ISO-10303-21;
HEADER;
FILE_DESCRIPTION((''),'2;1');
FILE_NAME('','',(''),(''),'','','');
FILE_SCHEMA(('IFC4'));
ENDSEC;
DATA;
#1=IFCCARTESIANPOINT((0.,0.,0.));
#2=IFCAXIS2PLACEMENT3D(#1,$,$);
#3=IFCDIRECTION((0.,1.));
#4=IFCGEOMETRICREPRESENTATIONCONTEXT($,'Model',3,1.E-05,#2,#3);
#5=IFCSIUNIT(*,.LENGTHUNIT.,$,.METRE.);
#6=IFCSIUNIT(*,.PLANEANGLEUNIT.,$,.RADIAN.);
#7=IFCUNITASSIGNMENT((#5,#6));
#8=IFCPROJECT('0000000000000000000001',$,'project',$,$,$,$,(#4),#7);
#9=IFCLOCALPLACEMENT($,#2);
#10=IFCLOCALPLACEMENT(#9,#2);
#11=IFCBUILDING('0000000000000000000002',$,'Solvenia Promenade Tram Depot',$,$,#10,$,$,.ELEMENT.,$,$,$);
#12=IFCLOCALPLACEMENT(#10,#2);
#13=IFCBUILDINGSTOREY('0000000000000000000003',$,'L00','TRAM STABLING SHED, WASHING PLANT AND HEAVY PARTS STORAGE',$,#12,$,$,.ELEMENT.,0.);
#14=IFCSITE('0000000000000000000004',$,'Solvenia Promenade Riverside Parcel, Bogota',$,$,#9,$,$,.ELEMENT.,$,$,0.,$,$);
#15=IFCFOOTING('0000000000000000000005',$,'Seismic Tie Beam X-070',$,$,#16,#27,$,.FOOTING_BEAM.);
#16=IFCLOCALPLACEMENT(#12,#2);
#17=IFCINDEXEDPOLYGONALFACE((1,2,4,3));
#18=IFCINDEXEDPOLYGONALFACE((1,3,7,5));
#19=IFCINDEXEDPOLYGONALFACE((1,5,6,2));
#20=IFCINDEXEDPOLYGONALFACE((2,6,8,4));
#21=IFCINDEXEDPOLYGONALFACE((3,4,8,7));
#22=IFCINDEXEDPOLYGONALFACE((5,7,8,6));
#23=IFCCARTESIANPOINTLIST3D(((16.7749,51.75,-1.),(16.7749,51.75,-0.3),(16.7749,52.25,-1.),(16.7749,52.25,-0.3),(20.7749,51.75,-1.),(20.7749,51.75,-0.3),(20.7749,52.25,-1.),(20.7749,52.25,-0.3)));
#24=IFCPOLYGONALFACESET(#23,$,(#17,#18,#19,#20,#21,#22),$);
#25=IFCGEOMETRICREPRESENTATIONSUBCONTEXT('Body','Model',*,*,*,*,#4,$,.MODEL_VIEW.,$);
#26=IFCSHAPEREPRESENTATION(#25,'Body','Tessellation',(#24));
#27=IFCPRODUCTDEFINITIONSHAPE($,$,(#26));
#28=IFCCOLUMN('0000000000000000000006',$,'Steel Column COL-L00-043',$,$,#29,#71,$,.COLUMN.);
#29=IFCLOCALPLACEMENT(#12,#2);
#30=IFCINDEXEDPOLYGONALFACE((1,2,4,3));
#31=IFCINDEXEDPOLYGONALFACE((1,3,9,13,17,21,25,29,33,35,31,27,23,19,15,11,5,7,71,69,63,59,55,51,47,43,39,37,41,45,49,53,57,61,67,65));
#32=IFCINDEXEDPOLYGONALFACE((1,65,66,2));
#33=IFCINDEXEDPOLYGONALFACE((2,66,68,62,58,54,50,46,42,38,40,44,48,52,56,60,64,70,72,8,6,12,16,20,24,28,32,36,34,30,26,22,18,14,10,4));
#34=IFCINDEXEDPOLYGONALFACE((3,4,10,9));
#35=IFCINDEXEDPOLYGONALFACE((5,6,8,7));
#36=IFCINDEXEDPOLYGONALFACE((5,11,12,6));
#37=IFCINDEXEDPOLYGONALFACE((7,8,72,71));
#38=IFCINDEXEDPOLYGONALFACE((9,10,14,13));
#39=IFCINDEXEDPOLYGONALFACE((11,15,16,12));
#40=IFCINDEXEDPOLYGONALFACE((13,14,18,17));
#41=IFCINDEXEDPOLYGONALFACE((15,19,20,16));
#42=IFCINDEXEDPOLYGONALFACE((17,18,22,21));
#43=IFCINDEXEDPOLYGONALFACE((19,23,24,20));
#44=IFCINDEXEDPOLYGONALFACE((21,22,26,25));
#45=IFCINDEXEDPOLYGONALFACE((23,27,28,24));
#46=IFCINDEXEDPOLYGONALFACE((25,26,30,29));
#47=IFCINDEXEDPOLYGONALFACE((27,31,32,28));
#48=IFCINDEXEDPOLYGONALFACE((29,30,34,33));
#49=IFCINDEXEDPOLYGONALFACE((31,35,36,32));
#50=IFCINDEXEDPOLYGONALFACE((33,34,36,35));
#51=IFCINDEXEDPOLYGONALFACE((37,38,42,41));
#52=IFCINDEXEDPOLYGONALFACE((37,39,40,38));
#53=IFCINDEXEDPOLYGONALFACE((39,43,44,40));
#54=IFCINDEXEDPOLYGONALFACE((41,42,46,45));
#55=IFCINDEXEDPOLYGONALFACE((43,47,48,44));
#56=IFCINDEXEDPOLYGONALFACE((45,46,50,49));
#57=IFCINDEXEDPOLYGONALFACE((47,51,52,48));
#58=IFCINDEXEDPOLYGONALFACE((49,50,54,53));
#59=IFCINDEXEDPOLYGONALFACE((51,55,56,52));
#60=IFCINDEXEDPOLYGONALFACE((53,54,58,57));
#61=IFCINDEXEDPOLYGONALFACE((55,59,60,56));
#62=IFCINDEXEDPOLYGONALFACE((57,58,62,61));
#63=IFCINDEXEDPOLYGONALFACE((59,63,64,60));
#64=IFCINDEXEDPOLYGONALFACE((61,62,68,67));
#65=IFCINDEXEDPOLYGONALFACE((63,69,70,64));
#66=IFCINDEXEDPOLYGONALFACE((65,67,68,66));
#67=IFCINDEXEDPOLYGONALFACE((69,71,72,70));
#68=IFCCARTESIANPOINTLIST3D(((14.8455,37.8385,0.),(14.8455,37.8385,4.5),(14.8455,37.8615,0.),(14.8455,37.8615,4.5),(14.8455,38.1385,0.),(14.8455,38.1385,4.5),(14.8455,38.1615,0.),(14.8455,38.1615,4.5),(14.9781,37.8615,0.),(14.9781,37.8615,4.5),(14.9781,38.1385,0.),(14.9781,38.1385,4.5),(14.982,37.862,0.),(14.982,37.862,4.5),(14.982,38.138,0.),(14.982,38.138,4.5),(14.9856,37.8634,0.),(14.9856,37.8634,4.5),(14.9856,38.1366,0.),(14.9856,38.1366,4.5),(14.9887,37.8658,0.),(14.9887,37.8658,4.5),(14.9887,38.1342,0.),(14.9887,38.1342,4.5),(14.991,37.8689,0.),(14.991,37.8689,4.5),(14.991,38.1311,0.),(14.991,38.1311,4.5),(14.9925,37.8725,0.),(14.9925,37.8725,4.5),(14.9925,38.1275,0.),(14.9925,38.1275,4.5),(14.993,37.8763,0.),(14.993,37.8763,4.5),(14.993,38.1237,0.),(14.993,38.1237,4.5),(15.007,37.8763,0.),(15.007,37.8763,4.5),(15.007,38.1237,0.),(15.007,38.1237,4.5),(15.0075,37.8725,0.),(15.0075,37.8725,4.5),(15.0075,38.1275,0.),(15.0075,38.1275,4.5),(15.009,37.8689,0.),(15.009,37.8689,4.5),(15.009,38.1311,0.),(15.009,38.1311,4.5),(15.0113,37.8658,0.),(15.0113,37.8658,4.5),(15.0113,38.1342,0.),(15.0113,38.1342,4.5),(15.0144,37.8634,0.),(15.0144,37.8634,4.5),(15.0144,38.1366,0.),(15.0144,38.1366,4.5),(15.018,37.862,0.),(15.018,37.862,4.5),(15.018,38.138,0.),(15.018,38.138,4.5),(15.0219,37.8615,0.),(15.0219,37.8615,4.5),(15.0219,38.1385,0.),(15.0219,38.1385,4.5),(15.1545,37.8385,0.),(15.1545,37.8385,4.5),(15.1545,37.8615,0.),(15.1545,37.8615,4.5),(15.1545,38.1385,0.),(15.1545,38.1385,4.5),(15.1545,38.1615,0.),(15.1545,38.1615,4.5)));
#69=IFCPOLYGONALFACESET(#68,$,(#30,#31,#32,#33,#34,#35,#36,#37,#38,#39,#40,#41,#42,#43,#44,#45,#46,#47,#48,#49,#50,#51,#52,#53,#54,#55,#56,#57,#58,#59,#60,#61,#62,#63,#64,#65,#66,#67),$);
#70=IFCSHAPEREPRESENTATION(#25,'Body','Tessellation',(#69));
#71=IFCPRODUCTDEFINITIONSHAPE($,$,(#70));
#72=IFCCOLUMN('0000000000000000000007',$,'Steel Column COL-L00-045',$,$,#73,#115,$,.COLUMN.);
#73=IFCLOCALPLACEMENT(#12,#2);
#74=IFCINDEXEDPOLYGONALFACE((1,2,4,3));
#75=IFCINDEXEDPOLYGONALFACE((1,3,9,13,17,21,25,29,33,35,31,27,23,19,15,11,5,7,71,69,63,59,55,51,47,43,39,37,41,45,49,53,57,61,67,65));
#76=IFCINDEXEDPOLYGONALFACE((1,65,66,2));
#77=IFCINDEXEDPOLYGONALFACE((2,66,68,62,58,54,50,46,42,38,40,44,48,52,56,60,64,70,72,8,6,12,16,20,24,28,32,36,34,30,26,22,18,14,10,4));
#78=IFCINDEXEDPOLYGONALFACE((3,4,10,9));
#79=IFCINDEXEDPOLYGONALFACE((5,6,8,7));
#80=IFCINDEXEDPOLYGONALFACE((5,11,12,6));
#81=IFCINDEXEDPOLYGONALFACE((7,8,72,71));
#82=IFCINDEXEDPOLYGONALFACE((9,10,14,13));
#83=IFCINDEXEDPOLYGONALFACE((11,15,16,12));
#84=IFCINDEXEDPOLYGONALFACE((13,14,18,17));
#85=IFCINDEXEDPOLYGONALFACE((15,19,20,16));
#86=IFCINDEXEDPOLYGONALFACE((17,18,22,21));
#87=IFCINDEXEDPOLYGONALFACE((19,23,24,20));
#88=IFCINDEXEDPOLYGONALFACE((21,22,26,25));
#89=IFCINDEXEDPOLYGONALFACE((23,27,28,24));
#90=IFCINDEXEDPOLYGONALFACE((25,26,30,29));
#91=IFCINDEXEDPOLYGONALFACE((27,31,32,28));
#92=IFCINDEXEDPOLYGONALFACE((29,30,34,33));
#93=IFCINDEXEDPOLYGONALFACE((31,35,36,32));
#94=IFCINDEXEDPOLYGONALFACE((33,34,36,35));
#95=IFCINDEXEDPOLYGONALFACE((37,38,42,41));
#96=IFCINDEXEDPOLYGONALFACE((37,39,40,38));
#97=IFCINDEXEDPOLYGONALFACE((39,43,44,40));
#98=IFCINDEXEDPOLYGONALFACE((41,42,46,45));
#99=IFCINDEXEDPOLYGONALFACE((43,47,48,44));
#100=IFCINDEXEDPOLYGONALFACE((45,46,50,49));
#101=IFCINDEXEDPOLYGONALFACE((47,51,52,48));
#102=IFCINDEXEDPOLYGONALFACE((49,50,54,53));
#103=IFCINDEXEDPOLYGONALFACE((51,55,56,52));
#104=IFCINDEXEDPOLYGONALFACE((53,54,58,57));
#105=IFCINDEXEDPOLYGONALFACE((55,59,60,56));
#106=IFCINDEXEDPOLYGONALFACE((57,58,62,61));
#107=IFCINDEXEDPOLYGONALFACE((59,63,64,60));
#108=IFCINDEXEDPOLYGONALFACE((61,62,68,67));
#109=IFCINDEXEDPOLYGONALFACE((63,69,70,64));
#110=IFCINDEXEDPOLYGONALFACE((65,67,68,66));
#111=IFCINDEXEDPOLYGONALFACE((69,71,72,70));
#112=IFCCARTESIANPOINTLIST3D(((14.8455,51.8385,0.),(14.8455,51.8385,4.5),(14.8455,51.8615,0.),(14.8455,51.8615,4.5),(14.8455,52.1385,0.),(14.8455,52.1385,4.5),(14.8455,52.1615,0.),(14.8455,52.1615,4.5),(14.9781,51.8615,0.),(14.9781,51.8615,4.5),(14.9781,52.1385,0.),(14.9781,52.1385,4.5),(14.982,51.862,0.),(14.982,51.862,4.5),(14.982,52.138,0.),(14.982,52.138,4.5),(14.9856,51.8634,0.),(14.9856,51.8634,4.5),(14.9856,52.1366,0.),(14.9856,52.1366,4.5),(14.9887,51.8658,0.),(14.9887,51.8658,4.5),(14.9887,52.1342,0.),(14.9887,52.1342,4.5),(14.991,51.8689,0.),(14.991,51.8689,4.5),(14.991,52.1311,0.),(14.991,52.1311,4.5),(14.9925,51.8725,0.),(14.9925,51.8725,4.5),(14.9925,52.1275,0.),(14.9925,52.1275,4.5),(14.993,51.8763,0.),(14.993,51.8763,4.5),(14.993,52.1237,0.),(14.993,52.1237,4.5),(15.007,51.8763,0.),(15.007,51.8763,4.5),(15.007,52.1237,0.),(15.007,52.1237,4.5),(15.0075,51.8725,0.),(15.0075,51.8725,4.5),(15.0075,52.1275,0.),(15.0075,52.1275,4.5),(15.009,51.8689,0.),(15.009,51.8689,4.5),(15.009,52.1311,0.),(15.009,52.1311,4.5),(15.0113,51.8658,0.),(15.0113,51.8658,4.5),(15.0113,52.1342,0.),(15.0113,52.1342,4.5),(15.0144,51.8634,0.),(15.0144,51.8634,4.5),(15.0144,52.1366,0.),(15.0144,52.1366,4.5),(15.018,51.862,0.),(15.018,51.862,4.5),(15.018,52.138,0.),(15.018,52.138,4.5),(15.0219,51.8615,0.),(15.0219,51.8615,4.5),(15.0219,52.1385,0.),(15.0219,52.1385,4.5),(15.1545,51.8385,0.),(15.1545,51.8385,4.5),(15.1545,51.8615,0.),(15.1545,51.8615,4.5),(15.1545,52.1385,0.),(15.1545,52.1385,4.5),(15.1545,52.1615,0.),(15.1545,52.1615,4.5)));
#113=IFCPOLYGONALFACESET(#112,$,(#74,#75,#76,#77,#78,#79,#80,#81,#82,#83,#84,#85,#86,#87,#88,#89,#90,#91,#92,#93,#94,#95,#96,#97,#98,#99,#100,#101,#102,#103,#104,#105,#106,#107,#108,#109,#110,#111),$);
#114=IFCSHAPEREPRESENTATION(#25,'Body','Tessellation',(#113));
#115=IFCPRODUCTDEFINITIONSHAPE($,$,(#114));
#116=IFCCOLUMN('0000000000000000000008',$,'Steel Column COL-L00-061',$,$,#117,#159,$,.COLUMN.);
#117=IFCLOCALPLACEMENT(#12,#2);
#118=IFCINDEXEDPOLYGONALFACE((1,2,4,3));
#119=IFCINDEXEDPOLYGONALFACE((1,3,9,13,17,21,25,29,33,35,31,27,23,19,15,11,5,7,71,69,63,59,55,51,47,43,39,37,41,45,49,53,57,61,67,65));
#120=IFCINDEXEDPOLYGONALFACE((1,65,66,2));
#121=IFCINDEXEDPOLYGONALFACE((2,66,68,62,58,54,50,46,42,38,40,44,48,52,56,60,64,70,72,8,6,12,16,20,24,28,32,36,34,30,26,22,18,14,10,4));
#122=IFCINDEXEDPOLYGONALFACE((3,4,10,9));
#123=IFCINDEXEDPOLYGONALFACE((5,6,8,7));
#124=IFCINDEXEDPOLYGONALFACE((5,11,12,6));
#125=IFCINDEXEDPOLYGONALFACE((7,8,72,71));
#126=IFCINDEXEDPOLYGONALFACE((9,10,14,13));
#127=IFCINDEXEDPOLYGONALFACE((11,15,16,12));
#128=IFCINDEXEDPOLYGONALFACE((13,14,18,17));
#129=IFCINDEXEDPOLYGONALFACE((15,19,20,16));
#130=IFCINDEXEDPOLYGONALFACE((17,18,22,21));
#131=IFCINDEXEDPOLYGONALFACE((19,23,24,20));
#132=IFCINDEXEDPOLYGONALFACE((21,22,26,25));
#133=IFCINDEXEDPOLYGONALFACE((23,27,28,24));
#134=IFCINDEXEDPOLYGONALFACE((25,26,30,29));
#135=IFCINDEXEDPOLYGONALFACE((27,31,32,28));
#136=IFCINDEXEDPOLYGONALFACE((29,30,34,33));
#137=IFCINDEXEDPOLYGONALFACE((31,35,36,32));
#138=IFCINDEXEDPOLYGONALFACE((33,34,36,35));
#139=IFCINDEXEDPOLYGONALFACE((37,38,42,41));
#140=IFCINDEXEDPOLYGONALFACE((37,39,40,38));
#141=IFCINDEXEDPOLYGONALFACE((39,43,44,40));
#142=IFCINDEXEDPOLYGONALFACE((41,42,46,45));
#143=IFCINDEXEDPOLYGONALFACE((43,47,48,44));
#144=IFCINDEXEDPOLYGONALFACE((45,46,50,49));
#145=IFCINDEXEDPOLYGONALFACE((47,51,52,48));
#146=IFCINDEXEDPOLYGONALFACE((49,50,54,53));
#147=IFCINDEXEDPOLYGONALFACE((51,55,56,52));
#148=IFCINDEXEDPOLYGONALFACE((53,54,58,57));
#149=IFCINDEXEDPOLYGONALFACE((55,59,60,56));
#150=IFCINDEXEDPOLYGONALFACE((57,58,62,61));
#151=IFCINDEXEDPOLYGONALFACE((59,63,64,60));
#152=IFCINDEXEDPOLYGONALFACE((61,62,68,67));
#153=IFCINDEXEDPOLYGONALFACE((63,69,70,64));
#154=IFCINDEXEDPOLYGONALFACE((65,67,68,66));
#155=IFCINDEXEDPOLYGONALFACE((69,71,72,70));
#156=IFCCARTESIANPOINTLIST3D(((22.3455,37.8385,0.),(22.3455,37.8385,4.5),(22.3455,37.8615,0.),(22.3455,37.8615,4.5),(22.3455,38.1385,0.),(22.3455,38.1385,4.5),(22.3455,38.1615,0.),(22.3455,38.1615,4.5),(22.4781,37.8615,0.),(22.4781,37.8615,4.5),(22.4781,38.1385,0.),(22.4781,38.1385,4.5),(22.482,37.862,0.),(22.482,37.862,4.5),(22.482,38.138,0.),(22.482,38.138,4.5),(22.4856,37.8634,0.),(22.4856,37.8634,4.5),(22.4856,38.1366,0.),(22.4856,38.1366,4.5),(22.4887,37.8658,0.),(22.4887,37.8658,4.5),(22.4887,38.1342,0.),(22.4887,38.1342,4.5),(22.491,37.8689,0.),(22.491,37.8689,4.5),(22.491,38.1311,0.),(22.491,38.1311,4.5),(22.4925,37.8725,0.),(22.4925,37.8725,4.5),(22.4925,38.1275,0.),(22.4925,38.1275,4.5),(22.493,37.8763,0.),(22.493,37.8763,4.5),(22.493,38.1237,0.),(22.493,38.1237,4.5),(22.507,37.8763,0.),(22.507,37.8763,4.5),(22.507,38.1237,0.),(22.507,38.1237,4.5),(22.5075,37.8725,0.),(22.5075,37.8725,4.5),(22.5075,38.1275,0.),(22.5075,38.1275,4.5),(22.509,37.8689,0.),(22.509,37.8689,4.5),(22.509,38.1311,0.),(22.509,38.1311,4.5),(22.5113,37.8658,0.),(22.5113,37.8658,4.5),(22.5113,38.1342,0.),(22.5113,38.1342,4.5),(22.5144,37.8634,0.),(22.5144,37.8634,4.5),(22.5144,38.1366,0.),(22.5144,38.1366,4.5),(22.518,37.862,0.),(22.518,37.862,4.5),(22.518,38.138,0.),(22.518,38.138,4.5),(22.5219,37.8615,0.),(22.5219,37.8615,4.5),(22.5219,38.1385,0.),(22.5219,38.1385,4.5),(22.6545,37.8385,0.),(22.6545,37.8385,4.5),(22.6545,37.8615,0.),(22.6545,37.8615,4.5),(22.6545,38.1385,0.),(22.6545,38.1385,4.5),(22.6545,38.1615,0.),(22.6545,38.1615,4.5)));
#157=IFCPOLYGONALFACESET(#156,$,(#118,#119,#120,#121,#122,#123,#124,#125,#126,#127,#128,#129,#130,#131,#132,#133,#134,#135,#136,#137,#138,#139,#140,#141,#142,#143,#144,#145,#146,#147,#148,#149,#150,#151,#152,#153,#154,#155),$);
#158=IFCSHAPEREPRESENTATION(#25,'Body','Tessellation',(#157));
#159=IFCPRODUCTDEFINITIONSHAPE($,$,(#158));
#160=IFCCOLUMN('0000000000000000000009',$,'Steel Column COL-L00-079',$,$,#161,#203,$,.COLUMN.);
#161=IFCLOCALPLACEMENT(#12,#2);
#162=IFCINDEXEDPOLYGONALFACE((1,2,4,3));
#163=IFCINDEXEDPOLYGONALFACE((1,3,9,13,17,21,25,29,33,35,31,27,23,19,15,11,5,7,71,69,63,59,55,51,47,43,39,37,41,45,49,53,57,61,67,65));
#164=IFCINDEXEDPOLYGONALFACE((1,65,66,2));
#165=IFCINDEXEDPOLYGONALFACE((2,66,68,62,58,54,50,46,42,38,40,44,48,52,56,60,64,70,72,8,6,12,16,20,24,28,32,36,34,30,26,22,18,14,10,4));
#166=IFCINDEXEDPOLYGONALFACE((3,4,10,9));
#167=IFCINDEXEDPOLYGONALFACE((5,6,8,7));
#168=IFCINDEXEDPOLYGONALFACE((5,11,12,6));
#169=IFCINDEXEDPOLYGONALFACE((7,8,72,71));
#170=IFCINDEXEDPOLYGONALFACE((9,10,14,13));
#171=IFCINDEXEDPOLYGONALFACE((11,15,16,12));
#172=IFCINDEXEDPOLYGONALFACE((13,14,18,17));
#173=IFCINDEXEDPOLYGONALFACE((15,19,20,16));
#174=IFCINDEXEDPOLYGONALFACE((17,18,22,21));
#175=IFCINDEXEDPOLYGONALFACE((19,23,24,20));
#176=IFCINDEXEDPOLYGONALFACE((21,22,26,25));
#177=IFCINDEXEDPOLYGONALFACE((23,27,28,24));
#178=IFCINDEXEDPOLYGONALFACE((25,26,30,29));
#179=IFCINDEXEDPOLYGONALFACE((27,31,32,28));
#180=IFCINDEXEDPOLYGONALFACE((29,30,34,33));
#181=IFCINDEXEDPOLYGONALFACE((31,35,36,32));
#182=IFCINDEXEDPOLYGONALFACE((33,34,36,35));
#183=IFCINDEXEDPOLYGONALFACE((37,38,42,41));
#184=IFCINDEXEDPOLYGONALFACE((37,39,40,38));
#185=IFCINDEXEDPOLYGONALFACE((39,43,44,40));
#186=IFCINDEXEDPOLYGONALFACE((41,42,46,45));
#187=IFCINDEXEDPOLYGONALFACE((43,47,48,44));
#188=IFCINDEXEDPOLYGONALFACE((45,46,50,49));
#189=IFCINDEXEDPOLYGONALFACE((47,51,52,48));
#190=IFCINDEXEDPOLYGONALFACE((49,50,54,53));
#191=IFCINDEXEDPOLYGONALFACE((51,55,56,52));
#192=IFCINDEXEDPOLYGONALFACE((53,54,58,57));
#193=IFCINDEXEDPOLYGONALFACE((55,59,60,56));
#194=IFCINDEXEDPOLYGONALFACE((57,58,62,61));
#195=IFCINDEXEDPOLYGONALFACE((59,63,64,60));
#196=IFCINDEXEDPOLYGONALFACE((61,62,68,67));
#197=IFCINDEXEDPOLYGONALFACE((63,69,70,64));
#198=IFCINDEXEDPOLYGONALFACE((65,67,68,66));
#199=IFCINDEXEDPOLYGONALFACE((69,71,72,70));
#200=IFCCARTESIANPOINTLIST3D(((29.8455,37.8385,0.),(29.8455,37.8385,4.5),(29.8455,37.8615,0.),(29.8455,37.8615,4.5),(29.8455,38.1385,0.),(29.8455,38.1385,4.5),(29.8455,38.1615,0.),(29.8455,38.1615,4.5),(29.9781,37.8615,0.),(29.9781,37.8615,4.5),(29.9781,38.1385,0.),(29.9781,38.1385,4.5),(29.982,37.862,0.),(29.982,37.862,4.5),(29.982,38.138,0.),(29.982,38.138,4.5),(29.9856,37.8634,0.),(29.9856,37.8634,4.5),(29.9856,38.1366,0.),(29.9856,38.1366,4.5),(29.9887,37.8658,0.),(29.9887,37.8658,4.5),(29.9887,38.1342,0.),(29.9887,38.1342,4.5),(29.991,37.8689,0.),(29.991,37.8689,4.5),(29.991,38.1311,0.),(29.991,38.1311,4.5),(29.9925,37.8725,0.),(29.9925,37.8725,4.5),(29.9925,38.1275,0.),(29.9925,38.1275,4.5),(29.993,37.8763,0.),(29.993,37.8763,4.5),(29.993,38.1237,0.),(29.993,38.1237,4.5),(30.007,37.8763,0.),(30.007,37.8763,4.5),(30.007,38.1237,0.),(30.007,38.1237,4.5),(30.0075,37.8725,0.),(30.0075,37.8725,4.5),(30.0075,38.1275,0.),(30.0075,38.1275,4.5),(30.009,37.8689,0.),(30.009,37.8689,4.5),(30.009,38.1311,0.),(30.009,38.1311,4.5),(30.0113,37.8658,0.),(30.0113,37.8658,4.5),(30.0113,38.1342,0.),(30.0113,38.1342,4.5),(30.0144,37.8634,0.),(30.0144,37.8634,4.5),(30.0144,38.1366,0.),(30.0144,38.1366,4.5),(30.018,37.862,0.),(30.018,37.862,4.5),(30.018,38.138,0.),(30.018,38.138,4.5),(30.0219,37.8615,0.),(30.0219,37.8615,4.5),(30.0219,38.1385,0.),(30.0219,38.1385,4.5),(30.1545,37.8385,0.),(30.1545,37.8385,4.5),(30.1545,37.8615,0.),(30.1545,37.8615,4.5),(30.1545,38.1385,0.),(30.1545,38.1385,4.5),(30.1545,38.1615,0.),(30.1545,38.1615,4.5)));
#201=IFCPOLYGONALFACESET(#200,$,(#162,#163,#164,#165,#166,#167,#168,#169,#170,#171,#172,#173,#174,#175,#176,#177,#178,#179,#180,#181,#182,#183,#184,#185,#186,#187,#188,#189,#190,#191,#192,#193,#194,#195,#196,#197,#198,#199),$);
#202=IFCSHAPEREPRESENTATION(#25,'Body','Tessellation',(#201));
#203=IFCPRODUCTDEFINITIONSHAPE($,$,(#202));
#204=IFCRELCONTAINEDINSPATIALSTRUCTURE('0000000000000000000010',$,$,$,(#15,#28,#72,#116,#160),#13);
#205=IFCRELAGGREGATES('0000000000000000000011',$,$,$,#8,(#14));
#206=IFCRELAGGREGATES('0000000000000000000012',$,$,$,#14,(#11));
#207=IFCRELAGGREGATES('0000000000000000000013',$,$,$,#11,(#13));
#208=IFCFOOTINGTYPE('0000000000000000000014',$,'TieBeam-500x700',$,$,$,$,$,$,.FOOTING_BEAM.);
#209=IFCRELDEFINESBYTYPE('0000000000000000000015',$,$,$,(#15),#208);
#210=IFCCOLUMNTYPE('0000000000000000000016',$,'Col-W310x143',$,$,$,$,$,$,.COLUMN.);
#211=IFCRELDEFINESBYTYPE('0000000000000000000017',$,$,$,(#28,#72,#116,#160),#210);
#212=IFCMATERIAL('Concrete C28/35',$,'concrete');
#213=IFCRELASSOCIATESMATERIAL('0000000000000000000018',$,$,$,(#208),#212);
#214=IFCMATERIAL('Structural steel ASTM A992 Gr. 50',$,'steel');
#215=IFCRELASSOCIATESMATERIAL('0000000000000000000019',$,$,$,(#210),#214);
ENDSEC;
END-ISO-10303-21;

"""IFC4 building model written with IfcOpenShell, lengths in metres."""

from ifc_helpers import new_model, si_unit, direction, frame, origin, origin_2d, place, context, subcontext, project, spatial, rectangle, i_section, extrude, material, material_profile, profile_set, type_object, element, save


model = new_model("IFC4")

# Units and contexts
model_context = context("Model", 3, precision=1e-05, world=origin(), true_north=direction((0.0, 1.0)))
body_context = subcontext(model_context, "Body", "Model", "MODEL_VIEW")
ifc_project = project(units=[si_unit("LENGTHUNIT", "METRE"), si_unit("PLANEANGLEUNIT", "RADIAN")], contexts=[model_context])

# Site, building, storey
site_placement = place(None, origin())
site = spatial("IfcSite", under=ifc_project, at=site_placement, Name="Solvenia Promenade Riverside Parcel, Bogota", CompositionType="ELEMENT", RefElevation=0.0)
building_placement = place(site_placement, origin())
building = spatial("IfcBuilding", under=site, at=building_placement, Name="Solvenia Promenade Tram Depot", CompositionType="ELEMENT")
storey_placement = place(building_placement, origin())
storey = spatial("IfcBuildingStorey", under=building, at=storey_placement, Name="L00", Description="TRAM STABLING SHED, WASHING PLANT AND HEAVY PARTS STORAGE", CompositionType="ELEMENT", Elevation=0.0)

# Shared definitions
ifc_material_1 = material(Name="Concrete C28/35", Category="concrete")

# Footing
footing_type_1 = type_object("IfcFootingType", Name="TieBeam-500x700", PredefinedType="FOOTING_BEAM", material=ifc_material_1)
footing_1_placement = place(storey_placement, frame((18.7749, 52.0, -1.0), z_axis=(0.0, 0.0, 1.0), x_axis=(1.0, 0.0, 0.0)))
element("IfcFooting", 1, at=footing_1_placement, inside=storey, type_object=footing_type_1, Name="Seismic Tie Beam X-070", PredefinedType="FOOTING_BEAM", context=body_context, shape_type="SweptSolid", body=[
    extrude(rectangle(XDim=4.0, YDim=0.5, at=origin_2d()), origin(), (0.0, 0.0, 1.0), 0.7),
])

# Columns
ifc_material_2 = material(Name="Structural steel ASTM A992 Gr. 50", Category="steel")
ifc_material_profile_1 = material_profile(ifc_material_2, i_section(OverallWidth=0.3091, OverallDepth=0.323, WebThickness=0.0139, FlangeThickness=0.0229, FilletRadius=0.0149, at=origin_2d()), Name="W310x143", Category="steel")
ifc_profile_set_1 = profile_set([ifc_material_profile_1], Name="Structural steel ASTM A992 Gr. 50")
column_type = type_object("IfcColumnType", Name="Col-W310x143", PredefinedType="COLUMN", material=ifc_profile_set_1)
for number, where, z_axis, x_axis, name in (
    (2, (15.0, 38.0, 0.0), (0.0, 0.0, 1.0), (1.0, 0.0, 0.0), "Steel Column COL-L00-043"),
    (3, (15.0, 52.0, 0.0), (0.0, 0.0, 1.0), (1.0, 0.0, 0.0), "Steel Column COL-L00-045"),
    (4, (22.5, 38.0, 0.0), (0.0, 0.0, 1.0), (1.0, 0.0, 0.0), "Steel Column COL-L00-061"),
    (5, (30.0, 38.0, 0.0), (0.0, 0.0, 1.0), (1.0, 0.0, 0.0), "Steel Column COL-L00-079"),
):
    element("IfcColumn", number, at=place(storey_placement, frame(where, z_axis=z_axis, x_axis=x_axis)), inside=storey, type_object=column_type, Name=name, PredefinedType="COLUMN", context=body_context, shape_type="SweptSolid", body=[
        extrude(i_section(OverallWidth=0.3091, OverallDepth=0.323, WebThickness=0.0139, FlangeThickness=0.0229, FilletRadius=0.0149, at=origin_2d()), origin(), (0.0, 0.0, 1.0), 4.5),
    ])

save(model, "model.ifc")
